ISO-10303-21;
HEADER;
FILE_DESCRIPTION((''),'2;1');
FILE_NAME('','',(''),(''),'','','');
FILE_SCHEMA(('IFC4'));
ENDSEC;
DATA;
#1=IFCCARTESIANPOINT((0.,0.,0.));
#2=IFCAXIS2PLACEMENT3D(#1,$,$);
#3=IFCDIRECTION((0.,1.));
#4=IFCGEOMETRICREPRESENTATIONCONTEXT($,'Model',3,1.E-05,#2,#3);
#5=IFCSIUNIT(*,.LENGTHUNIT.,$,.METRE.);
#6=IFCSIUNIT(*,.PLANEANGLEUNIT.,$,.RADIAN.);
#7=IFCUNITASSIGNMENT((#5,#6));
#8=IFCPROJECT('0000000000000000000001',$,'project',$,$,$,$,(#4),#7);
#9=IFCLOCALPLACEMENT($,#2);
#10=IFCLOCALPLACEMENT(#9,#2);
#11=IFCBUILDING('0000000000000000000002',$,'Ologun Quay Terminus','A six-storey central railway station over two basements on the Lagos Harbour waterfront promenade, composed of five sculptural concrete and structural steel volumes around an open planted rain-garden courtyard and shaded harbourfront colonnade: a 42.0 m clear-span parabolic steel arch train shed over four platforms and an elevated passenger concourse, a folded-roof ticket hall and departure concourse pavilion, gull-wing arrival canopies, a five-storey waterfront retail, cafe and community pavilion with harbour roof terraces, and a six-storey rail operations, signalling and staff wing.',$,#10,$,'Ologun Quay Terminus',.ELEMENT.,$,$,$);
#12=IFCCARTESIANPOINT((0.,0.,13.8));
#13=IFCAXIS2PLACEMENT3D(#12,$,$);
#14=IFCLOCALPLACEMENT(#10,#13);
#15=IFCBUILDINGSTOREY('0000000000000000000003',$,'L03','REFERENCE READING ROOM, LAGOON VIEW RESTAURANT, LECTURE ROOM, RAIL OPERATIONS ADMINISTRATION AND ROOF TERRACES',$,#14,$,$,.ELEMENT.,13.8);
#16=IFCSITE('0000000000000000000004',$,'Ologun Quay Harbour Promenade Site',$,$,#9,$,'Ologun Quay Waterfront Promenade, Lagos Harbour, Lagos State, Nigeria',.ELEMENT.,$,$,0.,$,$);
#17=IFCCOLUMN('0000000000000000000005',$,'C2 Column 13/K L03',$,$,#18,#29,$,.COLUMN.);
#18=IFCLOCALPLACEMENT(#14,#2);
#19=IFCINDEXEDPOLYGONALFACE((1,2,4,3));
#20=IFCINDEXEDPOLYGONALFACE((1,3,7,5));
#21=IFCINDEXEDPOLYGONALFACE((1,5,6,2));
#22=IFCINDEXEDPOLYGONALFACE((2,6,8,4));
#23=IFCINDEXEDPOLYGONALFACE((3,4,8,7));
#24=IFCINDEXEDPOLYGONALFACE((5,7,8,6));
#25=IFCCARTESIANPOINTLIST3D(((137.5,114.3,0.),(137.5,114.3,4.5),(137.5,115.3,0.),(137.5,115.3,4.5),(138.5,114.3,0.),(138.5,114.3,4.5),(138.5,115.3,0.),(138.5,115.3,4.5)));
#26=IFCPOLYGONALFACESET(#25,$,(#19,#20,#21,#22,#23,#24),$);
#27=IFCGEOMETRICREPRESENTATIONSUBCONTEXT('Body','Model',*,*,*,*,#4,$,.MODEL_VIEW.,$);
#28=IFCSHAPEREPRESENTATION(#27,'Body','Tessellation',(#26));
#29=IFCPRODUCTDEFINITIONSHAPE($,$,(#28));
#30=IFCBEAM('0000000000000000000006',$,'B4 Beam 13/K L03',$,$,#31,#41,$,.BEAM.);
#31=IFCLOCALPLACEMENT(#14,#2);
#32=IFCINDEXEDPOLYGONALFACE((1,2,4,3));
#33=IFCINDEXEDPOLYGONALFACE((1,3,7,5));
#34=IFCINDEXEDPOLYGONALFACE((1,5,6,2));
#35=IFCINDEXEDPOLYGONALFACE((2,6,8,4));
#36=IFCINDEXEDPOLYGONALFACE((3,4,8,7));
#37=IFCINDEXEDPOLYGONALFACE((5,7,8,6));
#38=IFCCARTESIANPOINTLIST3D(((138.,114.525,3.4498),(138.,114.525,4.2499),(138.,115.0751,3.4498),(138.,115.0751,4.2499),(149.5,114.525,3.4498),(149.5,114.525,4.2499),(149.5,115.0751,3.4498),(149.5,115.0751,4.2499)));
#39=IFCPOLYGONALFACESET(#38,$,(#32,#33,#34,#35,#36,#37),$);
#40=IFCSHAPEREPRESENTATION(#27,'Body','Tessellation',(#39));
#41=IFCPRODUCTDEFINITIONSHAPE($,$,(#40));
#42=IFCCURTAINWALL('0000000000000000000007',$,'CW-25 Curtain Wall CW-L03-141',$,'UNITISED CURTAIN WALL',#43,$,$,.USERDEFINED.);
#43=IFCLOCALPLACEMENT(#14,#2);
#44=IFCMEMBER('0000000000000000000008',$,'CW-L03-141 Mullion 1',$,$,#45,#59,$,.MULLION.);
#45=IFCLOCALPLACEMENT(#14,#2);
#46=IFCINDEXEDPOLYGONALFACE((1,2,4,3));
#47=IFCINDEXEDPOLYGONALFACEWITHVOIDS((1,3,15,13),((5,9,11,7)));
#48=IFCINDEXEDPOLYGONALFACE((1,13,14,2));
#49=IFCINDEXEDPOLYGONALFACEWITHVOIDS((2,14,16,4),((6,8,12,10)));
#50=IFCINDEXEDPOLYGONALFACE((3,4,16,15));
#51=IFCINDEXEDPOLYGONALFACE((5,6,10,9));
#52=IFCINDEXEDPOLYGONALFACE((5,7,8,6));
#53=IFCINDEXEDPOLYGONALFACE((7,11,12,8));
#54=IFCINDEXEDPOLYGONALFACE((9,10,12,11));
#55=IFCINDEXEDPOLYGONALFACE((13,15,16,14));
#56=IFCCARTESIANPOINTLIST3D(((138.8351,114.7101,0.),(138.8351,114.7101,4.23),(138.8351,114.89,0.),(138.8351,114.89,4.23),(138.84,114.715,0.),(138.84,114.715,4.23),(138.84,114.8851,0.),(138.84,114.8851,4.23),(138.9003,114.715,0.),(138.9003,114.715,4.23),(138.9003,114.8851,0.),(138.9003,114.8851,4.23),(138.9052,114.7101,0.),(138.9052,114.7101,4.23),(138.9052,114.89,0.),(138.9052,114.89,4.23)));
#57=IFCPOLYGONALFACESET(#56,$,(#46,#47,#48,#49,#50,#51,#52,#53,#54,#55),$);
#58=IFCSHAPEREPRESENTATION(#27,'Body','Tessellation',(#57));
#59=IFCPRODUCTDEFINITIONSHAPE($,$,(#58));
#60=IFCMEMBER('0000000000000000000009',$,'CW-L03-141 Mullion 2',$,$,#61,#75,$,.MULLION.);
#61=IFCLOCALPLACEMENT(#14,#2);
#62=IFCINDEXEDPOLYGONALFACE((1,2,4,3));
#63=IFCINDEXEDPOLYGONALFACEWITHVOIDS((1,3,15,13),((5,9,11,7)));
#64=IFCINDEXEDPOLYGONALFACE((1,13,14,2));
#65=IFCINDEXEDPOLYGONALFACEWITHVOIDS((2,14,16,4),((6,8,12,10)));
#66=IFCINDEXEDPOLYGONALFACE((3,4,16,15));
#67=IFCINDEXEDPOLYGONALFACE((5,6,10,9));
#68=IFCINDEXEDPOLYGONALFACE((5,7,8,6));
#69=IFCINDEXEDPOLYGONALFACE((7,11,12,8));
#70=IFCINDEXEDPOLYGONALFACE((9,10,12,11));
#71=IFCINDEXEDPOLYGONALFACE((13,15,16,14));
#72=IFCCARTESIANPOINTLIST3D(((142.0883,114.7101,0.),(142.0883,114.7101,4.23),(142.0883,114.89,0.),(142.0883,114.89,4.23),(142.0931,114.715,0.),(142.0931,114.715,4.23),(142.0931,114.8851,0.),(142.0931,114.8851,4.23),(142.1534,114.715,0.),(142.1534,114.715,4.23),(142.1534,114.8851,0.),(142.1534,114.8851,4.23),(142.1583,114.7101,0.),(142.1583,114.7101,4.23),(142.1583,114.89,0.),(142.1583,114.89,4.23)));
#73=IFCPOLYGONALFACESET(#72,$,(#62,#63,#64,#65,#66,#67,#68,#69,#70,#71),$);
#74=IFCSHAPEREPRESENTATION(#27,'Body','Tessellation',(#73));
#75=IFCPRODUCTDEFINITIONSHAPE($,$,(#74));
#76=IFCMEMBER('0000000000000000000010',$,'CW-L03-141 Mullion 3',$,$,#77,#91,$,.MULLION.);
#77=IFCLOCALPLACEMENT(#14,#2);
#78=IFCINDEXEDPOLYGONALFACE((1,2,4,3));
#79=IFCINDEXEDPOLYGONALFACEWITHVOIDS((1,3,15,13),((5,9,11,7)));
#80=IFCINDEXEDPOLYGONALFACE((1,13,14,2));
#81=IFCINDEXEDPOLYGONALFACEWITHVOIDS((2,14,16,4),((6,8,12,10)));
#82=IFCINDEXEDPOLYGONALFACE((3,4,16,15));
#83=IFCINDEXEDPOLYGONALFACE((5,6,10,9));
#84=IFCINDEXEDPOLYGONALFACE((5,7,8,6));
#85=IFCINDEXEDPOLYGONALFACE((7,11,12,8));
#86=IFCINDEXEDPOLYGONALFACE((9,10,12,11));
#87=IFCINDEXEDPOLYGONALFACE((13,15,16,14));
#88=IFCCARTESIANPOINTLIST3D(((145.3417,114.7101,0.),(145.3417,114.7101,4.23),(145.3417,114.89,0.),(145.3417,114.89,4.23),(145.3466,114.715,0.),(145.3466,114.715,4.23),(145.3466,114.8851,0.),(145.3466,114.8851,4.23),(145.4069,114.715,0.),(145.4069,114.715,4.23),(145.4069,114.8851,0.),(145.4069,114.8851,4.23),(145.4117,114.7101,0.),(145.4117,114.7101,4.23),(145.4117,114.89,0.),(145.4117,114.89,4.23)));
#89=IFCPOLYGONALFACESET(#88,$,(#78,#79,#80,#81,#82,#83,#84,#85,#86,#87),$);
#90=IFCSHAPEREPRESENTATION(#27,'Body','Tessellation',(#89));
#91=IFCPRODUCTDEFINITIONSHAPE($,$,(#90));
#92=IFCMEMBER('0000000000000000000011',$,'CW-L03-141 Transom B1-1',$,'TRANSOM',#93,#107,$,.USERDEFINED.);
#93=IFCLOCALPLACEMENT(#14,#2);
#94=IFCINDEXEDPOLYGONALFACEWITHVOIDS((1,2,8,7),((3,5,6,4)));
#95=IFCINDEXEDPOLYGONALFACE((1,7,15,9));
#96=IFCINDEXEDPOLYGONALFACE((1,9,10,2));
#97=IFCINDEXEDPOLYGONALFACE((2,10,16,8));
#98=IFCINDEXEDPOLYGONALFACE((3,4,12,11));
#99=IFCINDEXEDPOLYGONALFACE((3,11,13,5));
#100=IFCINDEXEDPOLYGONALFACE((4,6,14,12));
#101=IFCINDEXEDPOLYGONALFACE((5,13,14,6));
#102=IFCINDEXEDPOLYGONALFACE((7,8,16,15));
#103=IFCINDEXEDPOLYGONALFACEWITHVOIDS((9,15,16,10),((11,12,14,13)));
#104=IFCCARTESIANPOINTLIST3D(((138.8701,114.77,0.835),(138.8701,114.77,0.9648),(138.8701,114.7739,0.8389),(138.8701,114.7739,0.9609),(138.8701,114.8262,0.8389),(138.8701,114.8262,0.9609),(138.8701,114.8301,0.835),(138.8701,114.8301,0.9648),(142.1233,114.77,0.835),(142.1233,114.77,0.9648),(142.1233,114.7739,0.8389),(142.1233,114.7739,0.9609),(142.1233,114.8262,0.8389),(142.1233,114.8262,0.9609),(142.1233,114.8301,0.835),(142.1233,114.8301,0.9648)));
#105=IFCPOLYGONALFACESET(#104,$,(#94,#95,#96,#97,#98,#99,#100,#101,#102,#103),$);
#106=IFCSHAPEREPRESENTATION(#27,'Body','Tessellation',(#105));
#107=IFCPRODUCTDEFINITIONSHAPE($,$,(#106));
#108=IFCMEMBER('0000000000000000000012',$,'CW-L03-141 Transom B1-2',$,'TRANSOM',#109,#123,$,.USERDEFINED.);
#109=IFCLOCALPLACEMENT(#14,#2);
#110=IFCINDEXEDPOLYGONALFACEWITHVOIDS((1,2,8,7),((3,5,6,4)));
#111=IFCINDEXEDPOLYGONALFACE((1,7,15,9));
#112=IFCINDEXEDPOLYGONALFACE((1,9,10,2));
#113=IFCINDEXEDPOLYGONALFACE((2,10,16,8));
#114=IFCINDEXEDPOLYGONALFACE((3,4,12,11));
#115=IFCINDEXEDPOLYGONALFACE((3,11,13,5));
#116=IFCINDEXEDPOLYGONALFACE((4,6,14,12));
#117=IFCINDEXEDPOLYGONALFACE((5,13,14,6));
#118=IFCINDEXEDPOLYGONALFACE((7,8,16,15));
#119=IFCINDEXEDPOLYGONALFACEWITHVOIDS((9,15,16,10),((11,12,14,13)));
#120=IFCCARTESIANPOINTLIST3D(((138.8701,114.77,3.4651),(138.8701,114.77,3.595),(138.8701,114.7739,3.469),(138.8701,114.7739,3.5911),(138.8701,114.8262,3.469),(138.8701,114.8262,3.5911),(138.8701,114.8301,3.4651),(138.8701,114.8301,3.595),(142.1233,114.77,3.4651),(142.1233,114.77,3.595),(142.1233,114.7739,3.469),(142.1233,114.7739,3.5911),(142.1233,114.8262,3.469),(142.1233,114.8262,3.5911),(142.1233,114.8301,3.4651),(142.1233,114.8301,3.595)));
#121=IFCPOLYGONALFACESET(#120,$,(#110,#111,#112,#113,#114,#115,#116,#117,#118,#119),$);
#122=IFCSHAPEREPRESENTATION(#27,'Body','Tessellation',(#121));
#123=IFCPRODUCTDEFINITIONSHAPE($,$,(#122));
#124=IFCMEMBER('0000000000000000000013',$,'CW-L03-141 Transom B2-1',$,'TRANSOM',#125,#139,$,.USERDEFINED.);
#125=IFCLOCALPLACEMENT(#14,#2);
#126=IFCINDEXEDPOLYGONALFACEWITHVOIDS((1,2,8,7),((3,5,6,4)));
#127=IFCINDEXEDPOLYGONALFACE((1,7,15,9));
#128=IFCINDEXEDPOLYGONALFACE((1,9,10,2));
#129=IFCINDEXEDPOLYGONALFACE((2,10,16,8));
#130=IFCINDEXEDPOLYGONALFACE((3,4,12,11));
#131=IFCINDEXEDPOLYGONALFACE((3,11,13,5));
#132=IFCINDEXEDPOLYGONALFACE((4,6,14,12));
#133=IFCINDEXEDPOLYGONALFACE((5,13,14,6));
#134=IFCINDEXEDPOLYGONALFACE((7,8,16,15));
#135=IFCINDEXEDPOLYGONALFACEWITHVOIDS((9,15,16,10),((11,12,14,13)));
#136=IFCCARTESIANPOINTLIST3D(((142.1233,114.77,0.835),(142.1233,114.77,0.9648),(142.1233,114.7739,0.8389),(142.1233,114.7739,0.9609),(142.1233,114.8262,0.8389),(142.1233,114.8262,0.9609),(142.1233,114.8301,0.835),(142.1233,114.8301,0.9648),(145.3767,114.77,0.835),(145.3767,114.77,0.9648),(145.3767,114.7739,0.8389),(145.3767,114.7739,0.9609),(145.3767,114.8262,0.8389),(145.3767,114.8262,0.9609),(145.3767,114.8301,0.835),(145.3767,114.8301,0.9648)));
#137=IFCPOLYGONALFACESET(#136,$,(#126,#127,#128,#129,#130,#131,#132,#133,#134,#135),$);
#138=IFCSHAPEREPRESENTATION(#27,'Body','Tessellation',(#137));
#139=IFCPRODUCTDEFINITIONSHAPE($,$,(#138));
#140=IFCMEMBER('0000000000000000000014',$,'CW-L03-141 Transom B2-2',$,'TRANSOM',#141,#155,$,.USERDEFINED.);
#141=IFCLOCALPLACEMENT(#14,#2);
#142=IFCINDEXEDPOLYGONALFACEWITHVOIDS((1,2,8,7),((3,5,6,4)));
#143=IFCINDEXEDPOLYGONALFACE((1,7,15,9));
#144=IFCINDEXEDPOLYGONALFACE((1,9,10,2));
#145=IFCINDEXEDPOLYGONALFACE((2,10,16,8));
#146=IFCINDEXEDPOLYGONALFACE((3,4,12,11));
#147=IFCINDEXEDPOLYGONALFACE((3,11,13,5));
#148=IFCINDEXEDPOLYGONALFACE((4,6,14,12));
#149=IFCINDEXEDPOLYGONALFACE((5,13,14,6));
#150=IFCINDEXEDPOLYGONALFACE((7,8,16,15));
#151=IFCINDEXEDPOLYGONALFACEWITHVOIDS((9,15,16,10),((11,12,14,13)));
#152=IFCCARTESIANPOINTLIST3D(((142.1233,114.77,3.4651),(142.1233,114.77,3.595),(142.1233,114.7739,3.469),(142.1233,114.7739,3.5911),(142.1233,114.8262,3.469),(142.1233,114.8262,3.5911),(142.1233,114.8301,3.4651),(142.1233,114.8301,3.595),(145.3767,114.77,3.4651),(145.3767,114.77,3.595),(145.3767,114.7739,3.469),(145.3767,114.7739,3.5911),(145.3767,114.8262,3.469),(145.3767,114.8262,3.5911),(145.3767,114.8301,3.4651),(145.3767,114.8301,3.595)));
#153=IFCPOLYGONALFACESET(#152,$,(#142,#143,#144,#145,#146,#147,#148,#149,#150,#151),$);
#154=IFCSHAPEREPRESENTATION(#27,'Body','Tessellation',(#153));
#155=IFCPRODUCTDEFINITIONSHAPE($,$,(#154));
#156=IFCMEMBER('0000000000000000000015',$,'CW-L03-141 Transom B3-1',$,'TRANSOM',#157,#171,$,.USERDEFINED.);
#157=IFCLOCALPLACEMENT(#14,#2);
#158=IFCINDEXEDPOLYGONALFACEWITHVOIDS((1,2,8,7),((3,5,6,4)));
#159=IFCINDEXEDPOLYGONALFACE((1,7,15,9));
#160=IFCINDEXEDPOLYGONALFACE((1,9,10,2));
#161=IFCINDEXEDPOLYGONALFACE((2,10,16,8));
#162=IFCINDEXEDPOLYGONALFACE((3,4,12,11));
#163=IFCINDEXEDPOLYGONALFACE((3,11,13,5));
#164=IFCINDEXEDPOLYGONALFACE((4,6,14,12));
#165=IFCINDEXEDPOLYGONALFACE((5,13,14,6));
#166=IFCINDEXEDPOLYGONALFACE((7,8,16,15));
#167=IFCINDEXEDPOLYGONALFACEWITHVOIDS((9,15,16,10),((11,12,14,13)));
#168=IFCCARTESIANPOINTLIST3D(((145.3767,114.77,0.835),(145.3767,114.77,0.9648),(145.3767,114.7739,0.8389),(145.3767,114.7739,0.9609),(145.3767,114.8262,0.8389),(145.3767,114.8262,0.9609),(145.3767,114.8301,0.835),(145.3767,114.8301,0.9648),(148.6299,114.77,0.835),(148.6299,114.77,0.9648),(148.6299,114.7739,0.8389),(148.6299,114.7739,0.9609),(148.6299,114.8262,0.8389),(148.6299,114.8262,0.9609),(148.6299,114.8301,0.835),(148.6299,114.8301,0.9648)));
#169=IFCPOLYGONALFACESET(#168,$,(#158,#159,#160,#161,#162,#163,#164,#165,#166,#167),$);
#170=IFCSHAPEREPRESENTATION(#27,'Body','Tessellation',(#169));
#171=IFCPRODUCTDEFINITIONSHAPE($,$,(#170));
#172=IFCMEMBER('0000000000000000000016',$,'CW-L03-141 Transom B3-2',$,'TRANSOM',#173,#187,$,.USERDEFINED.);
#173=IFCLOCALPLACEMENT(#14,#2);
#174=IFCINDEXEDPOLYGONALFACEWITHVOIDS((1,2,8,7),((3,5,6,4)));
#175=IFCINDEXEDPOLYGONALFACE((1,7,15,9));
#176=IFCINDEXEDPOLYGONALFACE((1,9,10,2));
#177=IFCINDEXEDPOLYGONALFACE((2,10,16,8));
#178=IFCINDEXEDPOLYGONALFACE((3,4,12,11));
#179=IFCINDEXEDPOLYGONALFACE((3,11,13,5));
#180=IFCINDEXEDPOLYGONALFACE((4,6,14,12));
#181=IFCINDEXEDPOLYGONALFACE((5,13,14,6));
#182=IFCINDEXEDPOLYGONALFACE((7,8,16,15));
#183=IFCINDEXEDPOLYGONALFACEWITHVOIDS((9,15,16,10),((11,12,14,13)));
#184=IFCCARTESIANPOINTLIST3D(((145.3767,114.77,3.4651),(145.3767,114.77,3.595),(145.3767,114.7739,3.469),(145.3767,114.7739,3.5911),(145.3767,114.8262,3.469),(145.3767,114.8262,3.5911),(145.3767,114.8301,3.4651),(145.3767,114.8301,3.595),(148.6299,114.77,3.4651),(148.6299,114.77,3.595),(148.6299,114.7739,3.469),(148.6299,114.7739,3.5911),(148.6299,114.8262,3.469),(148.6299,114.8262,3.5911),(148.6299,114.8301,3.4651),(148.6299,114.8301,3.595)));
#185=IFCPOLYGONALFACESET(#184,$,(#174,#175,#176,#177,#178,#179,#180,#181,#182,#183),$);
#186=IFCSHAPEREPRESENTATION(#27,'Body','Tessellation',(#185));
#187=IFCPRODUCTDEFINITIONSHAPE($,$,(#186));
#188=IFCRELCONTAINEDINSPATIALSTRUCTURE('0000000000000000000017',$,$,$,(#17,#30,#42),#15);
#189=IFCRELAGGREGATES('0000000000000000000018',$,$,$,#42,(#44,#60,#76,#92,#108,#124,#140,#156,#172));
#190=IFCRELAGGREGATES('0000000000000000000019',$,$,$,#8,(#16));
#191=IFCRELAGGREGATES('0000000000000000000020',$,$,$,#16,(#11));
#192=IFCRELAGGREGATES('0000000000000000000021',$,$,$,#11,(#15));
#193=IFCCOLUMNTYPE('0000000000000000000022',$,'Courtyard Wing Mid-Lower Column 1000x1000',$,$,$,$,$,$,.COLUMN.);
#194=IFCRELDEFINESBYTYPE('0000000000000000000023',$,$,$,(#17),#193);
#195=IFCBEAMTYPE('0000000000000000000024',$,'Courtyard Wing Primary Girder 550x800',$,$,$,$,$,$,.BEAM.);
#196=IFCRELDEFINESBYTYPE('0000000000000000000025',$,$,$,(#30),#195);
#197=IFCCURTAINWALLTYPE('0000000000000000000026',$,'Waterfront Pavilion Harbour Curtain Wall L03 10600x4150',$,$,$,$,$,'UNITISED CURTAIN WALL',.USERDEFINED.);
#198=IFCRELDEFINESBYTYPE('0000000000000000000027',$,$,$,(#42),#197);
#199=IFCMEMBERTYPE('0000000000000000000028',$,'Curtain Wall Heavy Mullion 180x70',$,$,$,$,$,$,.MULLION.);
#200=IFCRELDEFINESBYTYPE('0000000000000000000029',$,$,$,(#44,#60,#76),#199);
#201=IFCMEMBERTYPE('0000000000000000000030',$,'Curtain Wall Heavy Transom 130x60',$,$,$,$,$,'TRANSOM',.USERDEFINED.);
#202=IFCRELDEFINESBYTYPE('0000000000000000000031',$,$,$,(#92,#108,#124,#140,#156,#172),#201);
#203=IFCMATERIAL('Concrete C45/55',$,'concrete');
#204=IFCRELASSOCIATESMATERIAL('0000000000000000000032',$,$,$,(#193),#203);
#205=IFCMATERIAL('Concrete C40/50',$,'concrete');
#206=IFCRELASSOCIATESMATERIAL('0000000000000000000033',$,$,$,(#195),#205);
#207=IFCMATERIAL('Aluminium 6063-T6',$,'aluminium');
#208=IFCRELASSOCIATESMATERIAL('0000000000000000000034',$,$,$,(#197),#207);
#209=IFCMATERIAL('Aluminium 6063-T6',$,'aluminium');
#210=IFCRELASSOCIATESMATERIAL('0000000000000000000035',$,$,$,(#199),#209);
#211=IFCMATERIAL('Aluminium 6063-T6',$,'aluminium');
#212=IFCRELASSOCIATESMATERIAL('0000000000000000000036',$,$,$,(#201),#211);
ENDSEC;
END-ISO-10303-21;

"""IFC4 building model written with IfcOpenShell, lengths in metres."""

from ifc_helpers import new_model, si_unit, direction, frame, origin, origin_2d, place, context, subcontext, project, spatial, rectangle, hollow_rectangle, extrude, material, material_profile, profile_set, type_object, element, aggregate, save


model = new_model("IFC4")

# Units and contexts
model_context = context("Model", 3, precision=1e-05, world=origin(), true_north=direction((0.0, 1.0)))
body_context = subcontext(model_context, "Body", "Model", "MODEL_VIEW")
ifc_project = project(units=[si_unit("LENGTHUNIT", "METRE"), si_unit("PLANEANGLEUNIT", "RADIAN")], contexts=[model_context])

# Site, building, storey
site_placement = place(None, origin())
site = spatial("IfcSite", under=ifc_project, at=site_placement, Name="Ologun Quay Harbour Promenade Site", LongName="Ologun Quay Waterfront Promenade, Lagos Harbour, Lagos State, Nigeria", CompositionType="ELEMENT", RefElevation=0.0)
building_placement = place(site_placement, origin())
building = spatial("IfcBuilding", under=site, at=building_placement, Name="Ologun Quay Terminus", Description="A six-storey central railway station over two basements on the Lagos Harbour waterfront promenade, composed of five sculptural concrete and structural steel volumes around an open planted rain-garden courtyard and shaded harbourfront colonnade: a 42.0 m clear-span parabolic steel arch train shed over four platforms and an elevated passenger concourse, a folded-roof ticket hall and departure concourse pavilion, gull-wing arrival canopies, a five-storey waterfront retail, cafe and community pavilion with harbour roof terraces, and a six-storey rail operations, signalling and staff wing.", LongName="Ologun Quay Terminus", CompositionType="ELEMENT")
storey_placement = place(building_placement, frame((0.0, 0.0, 13.8)))
storey = spatial("IfcBuildingStorey", under=building, at=storey_placement, Name="L03", Description="REFERENCE READING ROOM, LAGOON VIEW RESTAURANT, LECTURE ROOM, RAIL OPERATIONS ADMINISTRATION AND ROOF TERRACES", CompositionType="ELEMENT", Elevation=13.8)

# Column
ifc_material_1 = material(Name="Concrete C45/55", Category="concrete")
ifc_material_profile_1 = material_profile(ifc_material_1, rectangle(XDim=1.0, YDim=1.0, at=origin_2d()), Name="RC 1000x1000")
ifc_profile_set_1 = profile_set([ifc_material_profile_1], Name="Concrete C45/55")
column_type = type_object("IfcColumnType", Name="Courtyard Wing Mid-Lower Column 1000x1000", PredefinedType="COLUMN", material=ifc_profile_set_1)
column_placement = place(storey_placement, frame((138.0, 114.8, 0.0), z_axis=(0.0, 0.0, 1.0), x_axis=(1.0, 0.0, 0.0)))
element("IfcColumn", 1, at=column_placement, inside=storey, type_object=column_type, Name="C2 Column 13/K L03", PredefinedType="COLUMN", context=body_context, shape_type="SweptSolid", body=[
    extrude(rectangle(XDim=1.0, YDim=1.0, at=origin_2d()), origin(), (0.0, 0.0, 1.0), 4.5),
])

# Beam
ifc_material_2 = material(Name="Concrete C40/50", Category="concrete")
ifc_material_profile_2 = material_profile(ifc_material_2, rectangle(XDim=0.55, YDim=0.8, at=origin_2d()), Name="RC 550x800")
ifc_profile_set_2 = profile_set([ifc_material_profile_2], Name="Concrete C40/50")
beam_type = type_object("IfcBeamType", Name="Courtyard Wing Primary Girder 550x800", PredefinedType="BEAM", material=ifc_profile_set_2)
beam_placement = place(storey_placement, frame((138.0, 114.8, 3.8499), z_axis=(1.0, 0.0, 0.0), x_axis=(0.0, 1.0, 0.0)))
element("IfcBeam", 2, at=beam_placement, inside=storey, type_object=beam_type, Name="B4 Beam 13/K L03", PredefinedType="BEAM", context=body_context, shape_type="SweptSolid", body=[
    extrude(rectangle(XDim=0.55, YDim=0.8, at=origin_2d()), origin(), (0.0, 0.0, 1.0), 11.5),
])

# Curtain wall, members
ifc_material_3 = material(Name="Aluminium 6063-T6", Category="aluminium")
curtain_wall_type = type_object("IfcCurtainWallType", Name="Waterfront Pavilion Harbour Curtain Wall L03 10600x4150", ElementType="UNITISED CURTAIN WALL", PredefinedType="USERDEFINED", material=ifc_material_3)
curtain_wall_placement = place(storey_placement, origin())
curtain_wall = element("IfcCurtainWall", 3, at=curtain_wall_placement, inside=storey, type_object=curtain_wall_type, Name="CW-25 Curtain Wall CW-L03-141", ObjectType="UNITISED CURTAIN WALL", PredefinedType="USERDEFINED")
ifc_material_4 = material(Name="Aluminium 6063-T6", Category="aluminium")
ifc_material_profile_3 = material_profile(ifc_material_4, hollow_rectangle(XDim=0.0701, YDim=0.1799, WallThickness=0.0049, at=origin_2d()), Name="ALU 180x70x5")
ifc_profile_set_3 = profile_set([ifc_material_profile_3], Name="Aluminium 6063-T6")
member_type_1 = type_object("IfcMemberType", Name="Curtain Wall Heavy Mullion 180x70", PredefinedType="MULLION", material=ifc_profile_set_3)
member_1_placement = place(storey_placement, frame((138.8701, 114.8, 0.0), z_axis=(0.0, 0.0, 1.0), x_axis=(1.0, 0.0, 0.0)))
member_1 = element("IfcMember", 4, at=member_1_placement, type_object=member_type_1, Name="CW-L03-141 Mullion 1", PredefinedType="MULLION", context=body_context, shape_type="SweptSolid", body=[
    extrude(hollow_rectangle(XDim=0.0701, YDim=0.1799, WallThickness=0.0049, at=origin_2d()), origin(), (0.0, 0.0, 1.0), 4.23),
])
member_2_placement = place(storey_placement, frame((142.1233, 114.8, 0.0), z_axis=(0.0, 0.0, 1.0), x_axis=(1.0, 0.0, 0.0)))
member_2 = element("IfcMember", 5, at=member_2_placement, type_object=member_type_1, Name="CW-L03-141 Mullion 2", PredefinedType="MULLION", context=body_context, shape_type="SweptSolid", body=[
    extrude(hollow_rectangle(XDim=0.0701, YDim=0.1799, WallThickness=0.0049, at=origin_2d()), origin(), (0.0, 0.0, 1.0), 4.23),
])
member_3_placement = place(storey_placement, frame((145.3767, 114.8, 0.0), z_axis=(0.0, 0.0, 1.0), x_axis=(1.0, 0.0, 0.0)))
member_3 = element("IfcMember", 6, at=member_3_placement, type_object=member_type_1, Name="CW-L03-141 Mullion 3", PredefinedType="MULLION", context=body_context, shape_type="SweptSolid", body=[
    extrude(hollow_rectangle(XDim=0.0701, YDim=0.1799, WallThickness=0.0049, at=origin_2d()), origin(), (0.0, 0.0, 1.0), 4.23),
])
ifc_material_5 = material(Name="Aluminium 6063-T6", Category="aluminium")
ifc_material_profile_4 = material_profile(ifc_material_5, hollow_rectangle(XDim=0.0601, YDim=0.1299, WallThickness=0.0039, at=origin_2d()), Name="ALU 130x60x4")
ifc_profile_set_4 = profile_set([ifc_material_profile_4], Name="Aluminium 6063-T6")
member_type_2 = type_object("IfcMemberType", Name="Curtain Wall Heavy Transom 130x60", ElementType="TRANSOM", PredefinedType="USERDEFINED", material=ifc_profile_set_4)
member_4_placement = place(storey_placement, frame((138.8701, 114.8, 0.8999), z_axis=(1.0, 0.0, 0.0), x_axis=(0.0, 1.0, 0.0)))
member_4 = element("IfcMember", 7, at=member_4_placement, type_object=member_type_2, Name="CW-L03-141 Transom B1-1", ObjectType="TRANSOM", PredefinedType="USERDEFINED", context=body_context, shape_type="SweptSolid", body=[
    extrude(hollow_rectangle(XDim=0.0601, YDim=0.1299, WallThickness=0.0039, at=origin_2d()), origin(), (0.0, 0.0, 1.0), 3.2532),
])
member_5_placement = place(storey_placement, frame((138.8701, 114.8, 3.53), z_axis=(1.0, 0.0, 0.0), x_axis=(0.0, 1.0, 0.0)))
member_5 = element("IfcMember", 8, at=member_5_placement, type_object=member_type_2, Name="CW-L03-141 Transom B1-2", ObjectType="TRANSOM", PredefinedType="USERDEFINED", context=body_context, shape_type="SweptSolid", body=[
    extrude(hollow_rectangle(XDim=0.0601, YDim=0.1299, WallThickness=0.0039, at=origin_2d()), origin(), (0.0, 0.0, 1.0), 3.2532),
])
member_6_placement = place(storey_placement, frame((142.1233, 114.8, 0.8999), z_axis=(1.0, 0.0, 0.0), x_axis=(0.0, 1.0, 0.0)))
member_6 = element("IfcMember", 9, at=member_6_placement, type_object=member_type_2, Name="CW-L03-141 Transom B2-1", ObjectType="TRANSOM", PredefinedType="USERDEFINED", context=body_context, shape_type="SweptSolid", body=[
    extrude(hollow_rectangle(XDim=0.0601, YDim=0.1299, WallThickness=0.0039, at=origin_2d()), origin(), (0.0, 0.0, 1.0), 3.2534),
])
member_7_placement = place(storey_placement, frame((142.1233, 114.8, 3.53), z_axis=(1.0, 0.0, 0.0), x_axis=(0.0, 1.0, 0.0)))
member_7 = element("IfcMember", 10, at=member_7_placement, type_object=member_type_2, Name="CW-L03-141 Transom B2-2", ObjectType="TRANSOM", PredefinedType="USERDEFINED", context=body_context, shape_type="SweptSolid", body=[
    extrude(hollow_rectangle(XDim=0.0601, YDim=0.1299, WallThickness=0.0039, at=origin_2d()), origin(), (0.0, 0.0, 1.0), 3.2534),
])
member_8_placement = place(storey_placement, frame((145.3767, 114.8, 0.8999), z_axis=(1.0, 0.0, 0.0), x_axis=(0.0, 1.0, 0.0)))
member_8 = element("IfcMember", 11, at=member_8_placement, type_object=member_type_2, Name="CW-L03-141 Transom B3-1", ObjectType="TRANSOM", PredefinedType="USERDEFINED", context=body_context, shape_type="SweptSolid", body=[
    extrude(hollow_rectangle(XDim=0.0601, YDim=0.1299, WallThickness=0.0039, at=origin_2d()), origin(), (0.0, 0.0, 1.0), 3.2532),
])
member_9_placement = place(storey_placement, frame((145.3767, 114.8, 3.53), z_axis=(1.0, 0.0, 0.0), x_axis=(0.0, 1.0, 0.0)))
member_9 = element("IfcMember", 12, at=member_9_placement, type_object=member_type_2, Name="CW-L03-141 Transom B3-2", ObjectType="TRANSOM", PredefinedType="USERDEFINED", context=body_context, shape_type="SweptSolid", body=[
    extrude(hollow_rectangle(XDim=0.0601, YDim=0.1299, WallThickness=0.0039, at=origin_2d()), origin(), (0.0, 0.0, 1.0), 3.2532),
])
aggregate(curtain_wall, [member_1, member_2, member_3, member_4, member_5, member_6, member_7, member_8, member_9])

save(model, "model.ifc")
